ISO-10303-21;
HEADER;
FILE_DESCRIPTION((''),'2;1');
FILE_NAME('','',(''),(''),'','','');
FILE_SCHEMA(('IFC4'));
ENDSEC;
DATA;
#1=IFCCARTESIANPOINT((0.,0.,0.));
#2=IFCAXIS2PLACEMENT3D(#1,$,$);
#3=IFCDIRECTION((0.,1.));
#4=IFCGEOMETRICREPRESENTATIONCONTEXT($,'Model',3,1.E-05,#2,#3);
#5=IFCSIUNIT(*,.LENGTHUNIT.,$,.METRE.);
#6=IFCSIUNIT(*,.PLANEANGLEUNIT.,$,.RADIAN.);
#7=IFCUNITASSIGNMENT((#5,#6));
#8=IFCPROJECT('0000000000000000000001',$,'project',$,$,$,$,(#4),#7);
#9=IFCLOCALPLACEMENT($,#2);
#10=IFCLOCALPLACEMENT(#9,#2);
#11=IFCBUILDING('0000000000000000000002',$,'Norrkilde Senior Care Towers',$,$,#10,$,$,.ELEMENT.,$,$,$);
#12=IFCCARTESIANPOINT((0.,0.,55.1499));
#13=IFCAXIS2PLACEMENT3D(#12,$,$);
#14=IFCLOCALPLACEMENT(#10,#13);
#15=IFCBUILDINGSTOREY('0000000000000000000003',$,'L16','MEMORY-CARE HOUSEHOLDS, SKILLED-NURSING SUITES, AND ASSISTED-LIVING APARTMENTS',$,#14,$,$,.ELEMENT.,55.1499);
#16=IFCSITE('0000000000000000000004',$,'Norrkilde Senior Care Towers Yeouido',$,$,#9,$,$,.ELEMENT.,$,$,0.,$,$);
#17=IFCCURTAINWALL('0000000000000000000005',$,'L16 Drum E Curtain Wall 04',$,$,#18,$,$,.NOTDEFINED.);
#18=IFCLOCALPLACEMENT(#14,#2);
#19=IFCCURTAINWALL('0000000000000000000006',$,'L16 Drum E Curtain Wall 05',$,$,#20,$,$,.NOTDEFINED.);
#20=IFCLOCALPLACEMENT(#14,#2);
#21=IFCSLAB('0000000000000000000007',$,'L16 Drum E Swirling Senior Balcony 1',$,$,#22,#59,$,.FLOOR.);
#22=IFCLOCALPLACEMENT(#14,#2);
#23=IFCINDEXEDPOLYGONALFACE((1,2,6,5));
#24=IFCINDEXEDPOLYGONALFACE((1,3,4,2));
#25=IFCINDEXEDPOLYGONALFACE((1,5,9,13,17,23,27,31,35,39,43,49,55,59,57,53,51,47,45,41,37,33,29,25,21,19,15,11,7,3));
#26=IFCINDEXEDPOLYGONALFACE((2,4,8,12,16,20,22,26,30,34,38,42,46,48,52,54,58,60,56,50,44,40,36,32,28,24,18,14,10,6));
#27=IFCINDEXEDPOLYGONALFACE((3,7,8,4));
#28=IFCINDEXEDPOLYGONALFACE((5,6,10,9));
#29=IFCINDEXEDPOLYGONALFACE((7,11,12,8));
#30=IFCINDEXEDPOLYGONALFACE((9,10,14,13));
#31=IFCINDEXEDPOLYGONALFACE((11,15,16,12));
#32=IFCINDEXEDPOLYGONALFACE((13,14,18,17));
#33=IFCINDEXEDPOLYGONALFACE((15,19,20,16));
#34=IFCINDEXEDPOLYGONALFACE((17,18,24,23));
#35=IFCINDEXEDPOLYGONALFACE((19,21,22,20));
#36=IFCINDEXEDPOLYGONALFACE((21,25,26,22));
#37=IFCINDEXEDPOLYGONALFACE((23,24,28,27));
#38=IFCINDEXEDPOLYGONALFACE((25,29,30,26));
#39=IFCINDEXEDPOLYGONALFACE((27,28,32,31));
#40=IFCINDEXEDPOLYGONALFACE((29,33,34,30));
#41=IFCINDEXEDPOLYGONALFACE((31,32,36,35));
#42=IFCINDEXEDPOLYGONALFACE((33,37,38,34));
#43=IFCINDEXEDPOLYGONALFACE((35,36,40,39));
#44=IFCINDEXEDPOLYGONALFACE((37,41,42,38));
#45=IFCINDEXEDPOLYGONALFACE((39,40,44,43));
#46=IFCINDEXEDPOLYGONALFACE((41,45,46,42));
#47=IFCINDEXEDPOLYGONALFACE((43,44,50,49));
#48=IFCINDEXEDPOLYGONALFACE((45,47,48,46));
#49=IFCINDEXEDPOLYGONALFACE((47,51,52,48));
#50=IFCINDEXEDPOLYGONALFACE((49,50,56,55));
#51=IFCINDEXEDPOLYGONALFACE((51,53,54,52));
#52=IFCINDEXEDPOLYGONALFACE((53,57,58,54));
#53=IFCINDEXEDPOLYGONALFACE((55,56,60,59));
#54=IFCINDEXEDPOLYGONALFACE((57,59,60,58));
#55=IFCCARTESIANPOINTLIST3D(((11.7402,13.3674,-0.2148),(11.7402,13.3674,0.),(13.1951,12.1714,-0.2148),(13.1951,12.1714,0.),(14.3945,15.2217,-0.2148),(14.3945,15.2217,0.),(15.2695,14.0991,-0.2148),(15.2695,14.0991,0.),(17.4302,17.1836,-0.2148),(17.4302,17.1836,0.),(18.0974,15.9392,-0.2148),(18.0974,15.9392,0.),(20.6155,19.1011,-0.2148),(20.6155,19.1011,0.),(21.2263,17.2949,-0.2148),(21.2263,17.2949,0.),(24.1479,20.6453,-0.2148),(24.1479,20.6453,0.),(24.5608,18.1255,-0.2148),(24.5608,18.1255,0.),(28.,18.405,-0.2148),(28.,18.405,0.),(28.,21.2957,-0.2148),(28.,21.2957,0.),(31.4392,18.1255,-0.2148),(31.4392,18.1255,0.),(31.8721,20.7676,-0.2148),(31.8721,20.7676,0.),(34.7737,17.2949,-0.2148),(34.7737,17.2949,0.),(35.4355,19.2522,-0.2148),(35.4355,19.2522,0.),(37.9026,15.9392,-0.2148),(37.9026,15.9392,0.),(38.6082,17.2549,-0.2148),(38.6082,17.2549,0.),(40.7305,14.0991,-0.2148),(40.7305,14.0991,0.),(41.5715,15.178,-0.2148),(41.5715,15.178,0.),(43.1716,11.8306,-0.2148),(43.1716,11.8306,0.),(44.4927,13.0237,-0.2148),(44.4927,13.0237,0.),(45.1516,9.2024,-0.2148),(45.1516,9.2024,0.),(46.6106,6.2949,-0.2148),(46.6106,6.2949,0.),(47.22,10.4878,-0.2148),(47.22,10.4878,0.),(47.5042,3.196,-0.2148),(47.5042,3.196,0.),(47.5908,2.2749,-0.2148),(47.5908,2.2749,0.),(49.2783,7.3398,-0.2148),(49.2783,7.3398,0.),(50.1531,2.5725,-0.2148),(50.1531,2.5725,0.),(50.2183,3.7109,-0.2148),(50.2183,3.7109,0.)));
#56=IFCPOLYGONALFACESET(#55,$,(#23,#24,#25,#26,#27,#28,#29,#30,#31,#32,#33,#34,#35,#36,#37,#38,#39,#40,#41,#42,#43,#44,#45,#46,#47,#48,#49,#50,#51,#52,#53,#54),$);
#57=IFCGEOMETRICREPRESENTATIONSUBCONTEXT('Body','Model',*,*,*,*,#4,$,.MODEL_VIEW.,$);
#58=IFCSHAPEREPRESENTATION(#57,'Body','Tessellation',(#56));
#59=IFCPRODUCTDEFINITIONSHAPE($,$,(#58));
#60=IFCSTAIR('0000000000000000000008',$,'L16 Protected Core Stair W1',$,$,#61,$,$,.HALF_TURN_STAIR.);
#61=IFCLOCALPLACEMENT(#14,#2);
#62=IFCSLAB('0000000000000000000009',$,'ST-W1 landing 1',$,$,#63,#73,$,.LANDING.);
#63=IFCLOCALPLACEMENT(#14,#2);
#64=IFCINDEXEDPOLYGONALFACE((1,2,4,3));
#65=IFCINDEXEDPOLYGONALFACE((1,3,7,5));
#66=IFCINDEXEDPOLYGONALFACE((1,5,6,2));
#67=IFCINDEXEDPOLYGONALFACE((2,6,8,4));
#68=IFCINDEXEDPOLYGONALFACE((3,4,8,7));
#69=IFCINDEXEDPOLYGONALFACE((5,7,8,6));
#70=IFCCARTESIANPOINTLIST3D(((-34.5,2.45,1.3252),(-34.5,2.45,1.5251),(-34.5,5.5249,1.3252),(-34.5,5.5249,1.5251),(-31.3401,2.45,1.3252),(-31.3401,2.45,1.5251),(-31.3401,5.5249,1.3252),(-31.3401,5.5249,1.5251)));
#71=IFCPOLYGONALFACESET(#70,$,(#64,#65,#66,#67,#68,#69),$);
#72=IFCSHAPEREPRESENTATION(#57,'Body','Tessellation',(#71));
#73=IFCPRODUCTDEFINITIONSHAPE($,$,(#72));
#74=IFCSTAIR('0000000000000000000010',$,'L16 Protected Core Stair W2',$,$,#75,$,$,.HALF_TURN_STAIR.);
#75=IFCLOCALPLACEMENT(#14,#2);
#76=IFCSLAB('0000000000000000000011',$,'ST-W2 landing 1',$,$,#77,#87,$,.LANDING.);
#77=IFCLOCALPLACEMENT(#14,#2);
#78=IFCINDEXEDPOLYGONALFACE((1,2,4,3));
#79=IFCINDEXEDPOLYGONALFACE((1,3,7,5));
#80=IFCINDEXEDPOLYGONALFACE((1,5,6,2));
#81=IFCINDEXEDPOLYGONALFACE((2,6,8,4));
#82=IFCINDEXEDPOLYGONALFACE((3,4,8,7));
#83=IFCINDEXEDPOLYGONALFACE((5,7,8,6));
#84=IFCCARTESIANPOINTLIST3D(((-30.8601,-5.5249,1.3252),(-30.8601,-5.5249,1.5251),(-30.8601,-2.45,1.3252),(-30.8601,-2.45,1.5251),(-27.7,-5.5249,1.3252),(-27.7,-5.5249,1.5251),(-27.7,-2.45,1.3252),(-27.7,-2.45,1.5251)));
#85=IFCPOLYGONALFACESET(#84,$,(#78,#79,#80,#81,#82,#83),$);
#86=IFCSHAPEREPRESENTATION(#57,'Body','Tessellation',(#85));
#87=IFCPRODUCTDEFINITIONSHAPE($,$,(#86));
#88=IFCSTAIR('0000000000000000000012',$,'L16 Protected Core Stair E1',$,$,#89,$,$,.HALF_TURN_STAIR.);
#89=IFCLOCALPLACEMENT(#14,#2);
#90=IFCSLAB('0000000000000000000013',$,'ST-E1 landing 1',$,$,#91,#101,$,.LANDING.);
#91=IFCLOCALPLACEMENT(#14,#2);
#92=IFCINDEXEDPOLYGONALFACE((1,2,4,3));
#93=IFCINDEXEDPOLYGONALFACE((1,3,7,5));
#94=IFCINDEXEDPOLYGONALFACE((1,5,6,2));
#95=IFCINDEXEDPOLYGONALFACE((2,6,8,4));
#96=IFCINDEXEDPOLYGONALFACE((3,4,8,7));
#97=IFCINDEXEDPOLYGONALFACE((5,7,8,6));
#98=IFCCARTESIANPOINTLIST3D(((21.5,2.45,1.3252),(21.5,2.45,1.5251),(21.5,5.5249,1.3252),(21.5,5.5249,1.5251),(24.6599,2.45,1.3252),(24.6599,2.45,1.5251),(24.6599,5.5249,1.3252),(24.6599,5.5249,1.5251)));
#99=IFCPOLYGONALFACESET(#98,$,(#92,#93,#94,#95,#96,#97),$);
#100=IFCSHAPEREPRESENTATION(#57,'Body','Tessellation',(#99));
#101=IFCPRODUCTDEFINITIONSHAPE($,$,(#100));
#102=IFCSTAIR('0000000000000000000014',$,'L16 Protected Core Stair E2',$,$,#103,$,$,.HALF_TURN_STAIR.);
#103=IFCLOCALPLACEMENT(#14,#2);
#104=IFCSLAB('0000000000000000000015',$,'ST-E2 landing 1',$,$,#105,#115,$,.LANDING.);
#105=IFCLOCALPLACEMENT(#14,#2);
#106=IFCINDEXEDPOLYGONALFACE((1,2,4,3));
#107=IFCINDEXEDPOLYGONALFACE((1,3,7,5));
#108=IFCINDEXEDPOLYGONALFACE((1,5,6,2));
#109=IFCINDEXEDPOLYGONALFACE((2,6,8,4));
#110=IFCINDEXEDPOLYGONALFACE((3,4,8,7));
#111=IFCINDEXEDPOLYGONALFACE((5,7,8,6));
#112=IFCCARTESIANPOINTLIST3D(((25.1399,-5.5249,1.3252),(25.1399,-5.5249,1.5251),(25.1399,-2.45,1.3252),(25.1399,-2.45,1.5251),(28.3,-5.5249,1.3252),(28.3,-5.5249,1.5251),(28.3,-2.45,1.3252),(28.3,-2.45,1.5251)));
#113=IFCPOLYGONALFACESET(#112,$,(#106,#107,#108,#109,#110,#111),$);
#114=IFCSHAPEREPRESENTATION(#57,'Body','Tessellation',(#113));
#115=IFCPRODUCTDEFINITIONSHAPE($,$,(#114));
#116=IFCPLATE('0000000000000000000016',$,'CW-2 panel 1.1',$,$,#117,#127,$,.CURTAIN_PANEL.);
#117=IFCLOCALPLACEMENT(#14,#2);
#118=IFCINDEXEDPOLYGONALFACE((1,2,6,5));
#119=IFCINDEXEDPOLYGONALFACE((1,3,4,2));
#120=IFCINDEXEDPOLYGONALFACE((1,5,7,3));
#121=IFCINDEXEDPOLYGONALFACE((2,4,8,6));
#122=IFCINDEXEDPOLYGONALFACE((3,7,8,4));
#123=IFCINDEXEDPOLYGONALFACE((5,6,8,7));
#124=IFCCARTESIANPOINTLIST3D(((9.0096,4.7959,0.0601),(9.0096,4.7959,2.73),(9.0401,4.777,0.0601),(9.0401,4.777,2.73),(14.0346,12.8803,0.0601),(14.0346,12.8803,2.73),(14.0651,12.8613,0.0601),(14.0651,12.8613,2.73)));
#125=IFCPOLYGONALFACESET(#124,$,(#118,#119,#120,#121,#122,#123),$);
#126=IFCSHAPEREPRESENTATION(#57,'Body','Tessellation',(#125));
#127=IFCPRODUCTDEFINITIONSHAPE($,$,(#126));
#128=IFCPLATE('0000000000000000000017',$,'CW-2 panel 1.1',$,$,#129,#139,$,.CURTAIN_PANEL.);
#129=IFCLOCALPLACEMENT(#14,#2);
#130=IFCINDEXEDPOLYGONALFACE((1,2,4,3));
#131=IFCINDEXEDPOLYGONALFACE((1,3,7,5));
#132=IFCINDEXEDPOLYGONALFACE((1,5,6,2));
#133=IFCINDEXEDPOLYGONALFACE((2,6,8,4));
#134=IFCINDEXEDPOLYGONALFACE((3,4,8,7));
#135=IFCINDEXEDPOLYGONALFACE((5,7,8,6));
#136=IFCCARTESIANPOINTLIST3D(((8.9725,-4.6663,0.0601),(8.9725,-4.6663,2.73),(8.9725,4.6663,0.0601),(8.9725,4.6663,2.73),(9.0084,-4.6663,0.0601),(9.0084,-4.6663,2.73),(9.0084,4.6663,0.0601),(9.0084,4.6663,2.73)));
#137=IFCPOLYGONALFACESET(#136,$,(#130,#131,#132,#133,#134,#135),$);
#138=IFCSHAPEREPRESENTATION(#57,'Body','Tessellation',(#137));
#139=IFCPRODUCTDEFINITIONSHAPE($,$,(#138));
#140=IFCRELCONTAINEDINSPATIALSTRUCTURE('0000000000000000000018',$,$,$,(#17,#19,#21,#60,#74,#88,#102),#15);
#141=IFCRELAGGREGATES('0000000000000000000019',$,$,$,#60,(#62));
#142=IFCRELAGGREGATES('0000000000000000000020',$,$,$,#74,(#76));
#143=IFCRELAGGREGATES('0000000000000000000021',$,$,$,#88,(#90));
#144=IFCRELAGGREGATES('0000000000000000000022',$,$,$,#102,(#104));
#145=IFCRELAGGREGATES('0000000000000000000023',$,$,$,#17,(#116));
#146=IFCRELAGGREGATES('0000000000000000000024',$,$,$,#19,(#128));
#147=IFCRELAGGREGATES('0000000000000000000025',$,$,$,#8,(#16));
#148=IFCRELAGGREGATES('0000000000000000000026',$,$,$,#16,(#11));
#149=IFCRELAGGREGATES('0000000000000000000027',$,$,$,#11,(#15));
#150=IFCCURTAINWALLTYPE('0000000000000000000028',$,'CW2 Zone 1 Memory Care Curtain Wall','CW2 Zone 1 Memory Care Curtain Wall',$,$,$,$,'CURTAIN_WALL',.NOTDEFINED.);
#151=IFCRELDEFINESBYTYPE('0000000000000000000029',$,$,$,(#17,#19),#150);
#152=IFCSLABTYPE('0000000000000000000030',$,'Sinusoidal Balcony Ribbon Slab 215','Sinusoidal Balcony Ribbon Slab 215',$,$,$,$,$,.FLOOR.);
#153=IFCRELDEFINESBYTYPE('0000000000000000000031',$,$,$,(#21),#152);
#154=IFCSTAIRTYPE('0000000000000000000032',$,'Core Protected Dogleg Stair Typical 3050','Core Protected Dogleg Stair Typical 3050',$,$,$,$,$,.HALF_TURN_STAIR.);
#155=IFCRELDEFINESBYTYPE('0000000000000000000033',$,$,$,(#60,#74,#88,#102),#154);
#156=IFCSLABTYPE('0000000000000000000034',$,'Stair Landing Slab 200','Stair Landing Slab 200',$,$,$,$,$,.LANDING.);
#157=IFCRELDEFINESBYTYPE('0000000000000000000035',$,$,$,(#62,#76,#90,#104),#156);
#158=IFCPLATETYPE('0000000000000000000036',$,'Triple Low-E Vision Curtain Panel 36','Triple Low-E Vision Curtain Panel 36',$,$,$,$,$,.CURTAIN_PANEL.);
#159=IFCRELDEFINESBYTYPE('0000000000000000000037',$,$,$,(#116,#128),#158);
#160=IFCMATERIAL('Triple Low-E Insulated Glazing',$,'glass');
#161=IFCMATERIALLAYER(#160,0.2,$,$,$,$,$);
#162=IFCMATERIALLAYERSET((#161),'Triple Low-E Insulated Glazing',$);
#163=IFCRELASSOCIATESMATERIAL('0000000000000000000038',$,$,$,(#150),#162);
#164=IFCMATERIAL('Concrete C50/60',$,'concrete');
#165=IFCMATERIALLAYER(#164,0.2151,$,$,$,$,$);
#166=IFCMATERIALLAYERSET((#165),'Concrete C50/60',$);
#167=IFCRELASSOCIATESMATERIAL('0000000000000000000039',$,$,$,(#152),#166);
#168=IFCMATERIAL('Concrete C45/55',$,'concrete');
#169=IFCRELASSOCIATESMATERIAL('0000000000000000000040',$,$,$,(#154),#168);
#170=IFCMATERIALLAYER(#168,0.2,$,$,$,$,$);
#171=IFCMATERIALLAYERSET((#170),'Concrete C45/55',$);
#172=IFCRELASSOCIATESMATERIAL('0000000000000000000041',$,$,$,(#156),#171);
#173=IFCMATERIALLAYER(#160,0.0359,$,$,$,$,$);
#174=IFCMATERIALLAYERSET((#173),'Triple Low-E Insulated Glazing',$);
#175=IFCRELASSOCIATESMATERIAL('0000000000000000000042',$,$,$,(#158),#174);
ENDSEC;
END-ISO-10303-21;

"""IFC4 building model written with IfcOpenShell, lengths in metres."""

from ifc_helpers import new_model, si_unit, direction, frame, origin, origin_2d, place, context, subcontext, project, spatial, polyline, rectangle, outline, extrude, source, transform, mapped, material, layer, layer_set, type_object, type_shapes, element, aggregate, save


model = new_model("IFC4")

# Units and contexts
model_context = context("Model", 3, precision=1e-05, world=origin(), true_north=direction((0.0, 1.0)))
body_context = subcontext(model_context, "Body", "Model", "MODEL_VIEW")
ifc_project = project(units=[si_unit("LENGTHUNIT", "METRE"), si_unit("PLANEANGLEUNIT", "RADIAN")], contexts=[model_context])

# Site, building, storey
site_placement = place(None, origin())
site = spatial("IfcSite", under=ifc_project, at=site_placement, Name="Norrkilde Senior Care Towers Yeouido", CompositionType="ELEMENT", RefElevation=0.0)
building_placement = place(site_placement, origin())
building = spatial("IfcBuilding", under=site, at=building_placement, Name="Norrkilde Senior Care Towers", CompositionType="ELEMENT")
storey_placement = place(building_placement, frame((0.0, 0.0, 55.1499)))
storey = spatial("IfcBuildingStorey", under=building, at=storey_placement, Name="L16", Description="MEMORY-CARE HOUSEHOLDS, SKILLED-NURSING SUITES, AND ASSISTED-LIVING APARTMENTS", CompositionType="ELEMENT", Elevation=55.1499)

# Shared definitions
ifc_material_1 = material(Name="Triple Low-E Insulated Glazing", Category="glass")
ifc_layer_1 = layer(ifc_material_1, 0.2)
ifc_layer_set_1 = layer_set([ifc_layer_1], Name="Triple Low-E Insulated Glazing")
curtain_wall_type = type_object("IfcCurtainWallType", Name="CW2 Zone 1 Memory Care Curtain Wall", Description="CW2 Zone 1 Memory Care Curtain Wall", ElementType="CURTAIN_WALL", PredefinedType="NOTDEFINED", material=ifc_layer_set_1)

# Curtain wall
curtain_wall_1_placement = place(storey_placement, origin())
curtain_wall_1 = element("IfcCurtainWall", 1, at=curtain_wall_1_placement, inside=storey, type_object=curtain_wall_type, Name="L16 Drum E Curtain Wall 04", PredefinedType="NOTDEFINED")

# Curtain wall
curtain_wall_2_placement = place(storey_placement, origin())
curtain_wall_2 = element("IfcCurtainWall", 2, at=curtain_wall_2_placement, inside=storey, type_object=curtain_wall_type, Name="L16 Drum E Curtain Wall 05", PredefinedType="NOTDEFINED")

# Slab
ifc_material_2 = material(Name="Concrete C50/60", Category="concrete")
ifc_layer_2 = layer(ifc_material_2, 0.2151)
ifc_layer_set_2 = layer_set([ifc_layer_2], Name="Concrete C50/60")
slab_type_1 = type_object("IfcSlabType", Name="Sinusoidal Balcony Ribbon Slab 215", Description="Sinusoidal Balcony Ribbon Slab 215", PredefinedType="FLOOR", material=ifc_layer_set_2)
slab_1_placement = place(storey_placement, frame((0.0, 0.0, -0.2148)))
element("IfcSlab", 3, at=slab_1_placement, inside=storey, type_object=slab_type_1, Name="L16 Drum E Swirling Senior Balcony 1", PredefinedType="FLOOR", context=body_context, shape_type="SweptSolid", body=[
    extrude(outline(polyline([(17.4302, 17.1836), (20.6155, 19.1011), (24.1479, 20.6453), (28.0, 21.2957), (31.8721, 20.7676), (35.4355, 19.2522), (38.6082, 17.2549), (41.5715, 15.178), (44.4927, 13.0237), (47.22, 10.4878), (49.2783, 7.3398), (50.2183, 3.7109), (50.1531, 2.5725), (47.5908, 2.2749), (47.5042, 3.196), (46.6106, 6.2949), (45.1516, 9.2024), (43.1716, 11.8306), (40.7305, 14.0991), (37.9026, 15.9392), (34.7737, 17.2949), (31.4392, 18.1255), (28.0, 18.405), (24.5608, 18.1255), (21.2263, 17.2949), (18.0974, 15.9392), (15.2695, 14.0991), (13.1951, 12.1714), (11.7402, 13.3674), (14.3945, 15.2217), (17.4302, 17.1836)])), origin(), (0.0, 0.0, 1.0), 0.2148),
])

# Stairs, slabs
ifc_material_3 = material(Name="Concrete C45/55", Category="concrete")
stair_type = type_object("IfcStairType", Name="Core Protected Dogleg Stair Typical 3050", Description="Core Protected Dogleg Stair Typical 3050", PredefinedType="HALF_TURN_STAIR", material=ifc_material_3)
stair_1_placement = place(storey_placement, origin())
stair_1 = element("IfcStair", 4, at=stair_1_placement, inside=storey, type_object=stair_type, Name="L16 Protected Core Stair W1", PredefinedType="HALF_TURN_STAIR")
ifc_layer_3 = layer(ifc_material_3, 0.2)
ifc_layer_set_3 = layer_set([ifc_layer_3], Name="Concrete C45/55")
slab_type_2 = type_object("IfcSlabType", Name="Stair Landing Slab 200", Description="Stair Landing Slab 200", PredefinedType="LANDING", material=ifc_layer_set_3)
slab_2_placement = place(storey_placement, frame((0.0, 0.0, 1.3252)))
slab_2 = element("IfcSlab", 5, at=slab_2_placement, type_object=slab_type_2, Name="ST-W1 landing 1", PredefinedType="LANDING", context=body_context, shape_type="SweptSolid", body=[
    extrude(outline(polyline([(-31.3401, 5.5249), (-34.5, 5.5249), (-34.5, 2.45), (-31.3401, 2.45), (-31.3401, 5.5249)])), origin(), (0.0, 0.0, 1.0), 0.2),
])
aggregate(stair_1, [slab_2])
stair_2_placement = place(storey_placement, origin())
stair_2 = element("IfcStair", 6, at=stair_2_placement, inside=storey, type_object=stair_type, Name="L16 Protected Core Stair W2", PredefinedType="HALF_TURN_STAIR")
slab_3_placement = place(storey_placement, frame((0.0, 0.0, 1.3252)))
slab_3 = element("IfcSlab", 7, at=slab_3_placement, type_object=slab_type_2, Name="ST-W2 landing 1", PredefinedType="LANDING", context=body_context, shape_type="SweptSolid", body=[
    extrude(outline(polyline([(-30.8601, -5.5249), (-27.7, -5.5249), (-27.7, -2.45), (-30.8601, -2.45), (-30.8601, -5.5249)])), origin(), (0.0, 0.0, 1.0), 0.2),
])
aggregate(stair_2, [slab_3])
stair_3_placement = place(storey_placement, origin())
stair_3 = element("IfcStair", 8, at=stair_3_placement, inside=storey, type_object=stair_type, Name="L16 Protected Core Stair E1", PredefinedType="HALF_TURN_STAIR")
slab_4_placement = place(storey_placement, frame((0.0, 0.0, 1.3252)))
slab_4 = element("IfcSlab", 9, at=slab_4_placement, type_object=slab_type_2, Name="ST-E1 landing 1", PredefinedType="LANDING", context=body_context, shape_type="SweptSolid", body=[
    extrude(outline(polyline([(24.6599, 5.5249), (21.5, 5.5249), (21.5, 2.45), (24.6599, 2.45), (24.6599, 5.5249)])), origin(), (0.0, 0.0, 1.0), 0.2),
])
aggregate(stair_3, [slab_4])
stair_4_placement = place(storey_placement, origin())
stair_4 = element("IfcStair", 10, at=stair_4_placement, inside=storey, type_object=stair_type, Name="L16 Protected Core Stair E2", PredefinedType="HALF_TURN_STAIR")
slab_5_placement = place(storey_placement, frame((0.0, 0.0, 1.3252)))
slab_5 = element("IfcSlab", 11, at=slab_5_placement, type_object=slab_type_2, Name="ST-E2 landing 1", PredefinedType="LANDING", context=body_context, shape_type="SweptSolid", body=[
    extrude(outline(polyline([(25.1399, -5.5249), (28.3, -5.5249), (28.3, -2.45), (25.1399, -2.45), (25.1399, -5.5249)])), origin(), (0.0, 0.0, 1.0), 0.2),
])
aggregate(stair_4, [slab_5])

# Plates
ifc_layer_4 = layer(ifc_material_1, 0.0359)
ifc_layer_set_4 = layer_set([ifc_layer_4], Name="Triple Low-E Insulated Glazing")
plate_type = type_object("IfcPlateType", Name="Triple Low-E Vision Curtain Panel 36", Description="Triple Low-E Vision Curtain Panel 36", PredefinedType="CURTAIN_PANEL", material=ifc_layer_set_4)
shared_shape_1 = source(origin(), body_context, "Body", "SweptSolid", [
    extrude(rectangle(XDim=9.5188, YDim=0.0359, at=origin_2d()), origin(), (0.0, 0.0, 1.0), 2.6699),
])
plate_1_placement = place(storey_placement, frame((11.5374, 8.8286, 0.0601), z_axis=(0.0, 0.0, 1.0), x_axis=(0.527901, 0.849306, 0.0)))
plate_1 = element("IfcPlate", 12, at=plate_1_placement, type_object=plate_type, Name="CW-2 panel 1.1", PredefinedType="CURTAIN_PANEL", context=body_context, shape_type="MappedRepresentation", body=[
    mapped(shared_shape_1, transform((0.0, 0.0, 0.0), x_axis=(1.0, 0.0, 0.0), y_axis=(0.0, 1.0, 0.0), z_axis=(0.0, 0.0, 1.0), scale=1.0)),
])
aggregate(curtain_wall_1, [plate_1])
shared_shape_2 = source(origin(), body_context, "Body", "SweptSolid", [
    extrude(rectangle(XDim=9.3325, YDim=0.0359, at=origin_2d()), origin(), (0.0, 0.0, 1.0), 2.6699),
])
type_shapes(plate_type, [shared_shape_1, shared_shape_2])
plate_2_placement = place(storey_placement, frame((8.9905, 0.0, 0.0601), z_axis=(0.0, 0.0, 1.0), x_axis=(0.0, 1.0, 0.0)))
plate_2 = element("IfcPlate", 13, at=plate_2_placement, type_object=plate_type, Name="CW-2 panel 1.1", PredefinedType="CURTAIN_PANEL", context=body_context, shape_type="MappedRepresentation", body=[
    mapped(shared_shape_2, transform((0.0, 0.0, 0.0), x_axis=(1.0, 0.0, 0.0), y_axis=(0.0, 1.0, 0.0), z_axis=(0.0, 0.0, 1.0), scale=1.0)),
])
aggregate(curtain_wall_2, [plate_2])

save(model, "model.ifc")
